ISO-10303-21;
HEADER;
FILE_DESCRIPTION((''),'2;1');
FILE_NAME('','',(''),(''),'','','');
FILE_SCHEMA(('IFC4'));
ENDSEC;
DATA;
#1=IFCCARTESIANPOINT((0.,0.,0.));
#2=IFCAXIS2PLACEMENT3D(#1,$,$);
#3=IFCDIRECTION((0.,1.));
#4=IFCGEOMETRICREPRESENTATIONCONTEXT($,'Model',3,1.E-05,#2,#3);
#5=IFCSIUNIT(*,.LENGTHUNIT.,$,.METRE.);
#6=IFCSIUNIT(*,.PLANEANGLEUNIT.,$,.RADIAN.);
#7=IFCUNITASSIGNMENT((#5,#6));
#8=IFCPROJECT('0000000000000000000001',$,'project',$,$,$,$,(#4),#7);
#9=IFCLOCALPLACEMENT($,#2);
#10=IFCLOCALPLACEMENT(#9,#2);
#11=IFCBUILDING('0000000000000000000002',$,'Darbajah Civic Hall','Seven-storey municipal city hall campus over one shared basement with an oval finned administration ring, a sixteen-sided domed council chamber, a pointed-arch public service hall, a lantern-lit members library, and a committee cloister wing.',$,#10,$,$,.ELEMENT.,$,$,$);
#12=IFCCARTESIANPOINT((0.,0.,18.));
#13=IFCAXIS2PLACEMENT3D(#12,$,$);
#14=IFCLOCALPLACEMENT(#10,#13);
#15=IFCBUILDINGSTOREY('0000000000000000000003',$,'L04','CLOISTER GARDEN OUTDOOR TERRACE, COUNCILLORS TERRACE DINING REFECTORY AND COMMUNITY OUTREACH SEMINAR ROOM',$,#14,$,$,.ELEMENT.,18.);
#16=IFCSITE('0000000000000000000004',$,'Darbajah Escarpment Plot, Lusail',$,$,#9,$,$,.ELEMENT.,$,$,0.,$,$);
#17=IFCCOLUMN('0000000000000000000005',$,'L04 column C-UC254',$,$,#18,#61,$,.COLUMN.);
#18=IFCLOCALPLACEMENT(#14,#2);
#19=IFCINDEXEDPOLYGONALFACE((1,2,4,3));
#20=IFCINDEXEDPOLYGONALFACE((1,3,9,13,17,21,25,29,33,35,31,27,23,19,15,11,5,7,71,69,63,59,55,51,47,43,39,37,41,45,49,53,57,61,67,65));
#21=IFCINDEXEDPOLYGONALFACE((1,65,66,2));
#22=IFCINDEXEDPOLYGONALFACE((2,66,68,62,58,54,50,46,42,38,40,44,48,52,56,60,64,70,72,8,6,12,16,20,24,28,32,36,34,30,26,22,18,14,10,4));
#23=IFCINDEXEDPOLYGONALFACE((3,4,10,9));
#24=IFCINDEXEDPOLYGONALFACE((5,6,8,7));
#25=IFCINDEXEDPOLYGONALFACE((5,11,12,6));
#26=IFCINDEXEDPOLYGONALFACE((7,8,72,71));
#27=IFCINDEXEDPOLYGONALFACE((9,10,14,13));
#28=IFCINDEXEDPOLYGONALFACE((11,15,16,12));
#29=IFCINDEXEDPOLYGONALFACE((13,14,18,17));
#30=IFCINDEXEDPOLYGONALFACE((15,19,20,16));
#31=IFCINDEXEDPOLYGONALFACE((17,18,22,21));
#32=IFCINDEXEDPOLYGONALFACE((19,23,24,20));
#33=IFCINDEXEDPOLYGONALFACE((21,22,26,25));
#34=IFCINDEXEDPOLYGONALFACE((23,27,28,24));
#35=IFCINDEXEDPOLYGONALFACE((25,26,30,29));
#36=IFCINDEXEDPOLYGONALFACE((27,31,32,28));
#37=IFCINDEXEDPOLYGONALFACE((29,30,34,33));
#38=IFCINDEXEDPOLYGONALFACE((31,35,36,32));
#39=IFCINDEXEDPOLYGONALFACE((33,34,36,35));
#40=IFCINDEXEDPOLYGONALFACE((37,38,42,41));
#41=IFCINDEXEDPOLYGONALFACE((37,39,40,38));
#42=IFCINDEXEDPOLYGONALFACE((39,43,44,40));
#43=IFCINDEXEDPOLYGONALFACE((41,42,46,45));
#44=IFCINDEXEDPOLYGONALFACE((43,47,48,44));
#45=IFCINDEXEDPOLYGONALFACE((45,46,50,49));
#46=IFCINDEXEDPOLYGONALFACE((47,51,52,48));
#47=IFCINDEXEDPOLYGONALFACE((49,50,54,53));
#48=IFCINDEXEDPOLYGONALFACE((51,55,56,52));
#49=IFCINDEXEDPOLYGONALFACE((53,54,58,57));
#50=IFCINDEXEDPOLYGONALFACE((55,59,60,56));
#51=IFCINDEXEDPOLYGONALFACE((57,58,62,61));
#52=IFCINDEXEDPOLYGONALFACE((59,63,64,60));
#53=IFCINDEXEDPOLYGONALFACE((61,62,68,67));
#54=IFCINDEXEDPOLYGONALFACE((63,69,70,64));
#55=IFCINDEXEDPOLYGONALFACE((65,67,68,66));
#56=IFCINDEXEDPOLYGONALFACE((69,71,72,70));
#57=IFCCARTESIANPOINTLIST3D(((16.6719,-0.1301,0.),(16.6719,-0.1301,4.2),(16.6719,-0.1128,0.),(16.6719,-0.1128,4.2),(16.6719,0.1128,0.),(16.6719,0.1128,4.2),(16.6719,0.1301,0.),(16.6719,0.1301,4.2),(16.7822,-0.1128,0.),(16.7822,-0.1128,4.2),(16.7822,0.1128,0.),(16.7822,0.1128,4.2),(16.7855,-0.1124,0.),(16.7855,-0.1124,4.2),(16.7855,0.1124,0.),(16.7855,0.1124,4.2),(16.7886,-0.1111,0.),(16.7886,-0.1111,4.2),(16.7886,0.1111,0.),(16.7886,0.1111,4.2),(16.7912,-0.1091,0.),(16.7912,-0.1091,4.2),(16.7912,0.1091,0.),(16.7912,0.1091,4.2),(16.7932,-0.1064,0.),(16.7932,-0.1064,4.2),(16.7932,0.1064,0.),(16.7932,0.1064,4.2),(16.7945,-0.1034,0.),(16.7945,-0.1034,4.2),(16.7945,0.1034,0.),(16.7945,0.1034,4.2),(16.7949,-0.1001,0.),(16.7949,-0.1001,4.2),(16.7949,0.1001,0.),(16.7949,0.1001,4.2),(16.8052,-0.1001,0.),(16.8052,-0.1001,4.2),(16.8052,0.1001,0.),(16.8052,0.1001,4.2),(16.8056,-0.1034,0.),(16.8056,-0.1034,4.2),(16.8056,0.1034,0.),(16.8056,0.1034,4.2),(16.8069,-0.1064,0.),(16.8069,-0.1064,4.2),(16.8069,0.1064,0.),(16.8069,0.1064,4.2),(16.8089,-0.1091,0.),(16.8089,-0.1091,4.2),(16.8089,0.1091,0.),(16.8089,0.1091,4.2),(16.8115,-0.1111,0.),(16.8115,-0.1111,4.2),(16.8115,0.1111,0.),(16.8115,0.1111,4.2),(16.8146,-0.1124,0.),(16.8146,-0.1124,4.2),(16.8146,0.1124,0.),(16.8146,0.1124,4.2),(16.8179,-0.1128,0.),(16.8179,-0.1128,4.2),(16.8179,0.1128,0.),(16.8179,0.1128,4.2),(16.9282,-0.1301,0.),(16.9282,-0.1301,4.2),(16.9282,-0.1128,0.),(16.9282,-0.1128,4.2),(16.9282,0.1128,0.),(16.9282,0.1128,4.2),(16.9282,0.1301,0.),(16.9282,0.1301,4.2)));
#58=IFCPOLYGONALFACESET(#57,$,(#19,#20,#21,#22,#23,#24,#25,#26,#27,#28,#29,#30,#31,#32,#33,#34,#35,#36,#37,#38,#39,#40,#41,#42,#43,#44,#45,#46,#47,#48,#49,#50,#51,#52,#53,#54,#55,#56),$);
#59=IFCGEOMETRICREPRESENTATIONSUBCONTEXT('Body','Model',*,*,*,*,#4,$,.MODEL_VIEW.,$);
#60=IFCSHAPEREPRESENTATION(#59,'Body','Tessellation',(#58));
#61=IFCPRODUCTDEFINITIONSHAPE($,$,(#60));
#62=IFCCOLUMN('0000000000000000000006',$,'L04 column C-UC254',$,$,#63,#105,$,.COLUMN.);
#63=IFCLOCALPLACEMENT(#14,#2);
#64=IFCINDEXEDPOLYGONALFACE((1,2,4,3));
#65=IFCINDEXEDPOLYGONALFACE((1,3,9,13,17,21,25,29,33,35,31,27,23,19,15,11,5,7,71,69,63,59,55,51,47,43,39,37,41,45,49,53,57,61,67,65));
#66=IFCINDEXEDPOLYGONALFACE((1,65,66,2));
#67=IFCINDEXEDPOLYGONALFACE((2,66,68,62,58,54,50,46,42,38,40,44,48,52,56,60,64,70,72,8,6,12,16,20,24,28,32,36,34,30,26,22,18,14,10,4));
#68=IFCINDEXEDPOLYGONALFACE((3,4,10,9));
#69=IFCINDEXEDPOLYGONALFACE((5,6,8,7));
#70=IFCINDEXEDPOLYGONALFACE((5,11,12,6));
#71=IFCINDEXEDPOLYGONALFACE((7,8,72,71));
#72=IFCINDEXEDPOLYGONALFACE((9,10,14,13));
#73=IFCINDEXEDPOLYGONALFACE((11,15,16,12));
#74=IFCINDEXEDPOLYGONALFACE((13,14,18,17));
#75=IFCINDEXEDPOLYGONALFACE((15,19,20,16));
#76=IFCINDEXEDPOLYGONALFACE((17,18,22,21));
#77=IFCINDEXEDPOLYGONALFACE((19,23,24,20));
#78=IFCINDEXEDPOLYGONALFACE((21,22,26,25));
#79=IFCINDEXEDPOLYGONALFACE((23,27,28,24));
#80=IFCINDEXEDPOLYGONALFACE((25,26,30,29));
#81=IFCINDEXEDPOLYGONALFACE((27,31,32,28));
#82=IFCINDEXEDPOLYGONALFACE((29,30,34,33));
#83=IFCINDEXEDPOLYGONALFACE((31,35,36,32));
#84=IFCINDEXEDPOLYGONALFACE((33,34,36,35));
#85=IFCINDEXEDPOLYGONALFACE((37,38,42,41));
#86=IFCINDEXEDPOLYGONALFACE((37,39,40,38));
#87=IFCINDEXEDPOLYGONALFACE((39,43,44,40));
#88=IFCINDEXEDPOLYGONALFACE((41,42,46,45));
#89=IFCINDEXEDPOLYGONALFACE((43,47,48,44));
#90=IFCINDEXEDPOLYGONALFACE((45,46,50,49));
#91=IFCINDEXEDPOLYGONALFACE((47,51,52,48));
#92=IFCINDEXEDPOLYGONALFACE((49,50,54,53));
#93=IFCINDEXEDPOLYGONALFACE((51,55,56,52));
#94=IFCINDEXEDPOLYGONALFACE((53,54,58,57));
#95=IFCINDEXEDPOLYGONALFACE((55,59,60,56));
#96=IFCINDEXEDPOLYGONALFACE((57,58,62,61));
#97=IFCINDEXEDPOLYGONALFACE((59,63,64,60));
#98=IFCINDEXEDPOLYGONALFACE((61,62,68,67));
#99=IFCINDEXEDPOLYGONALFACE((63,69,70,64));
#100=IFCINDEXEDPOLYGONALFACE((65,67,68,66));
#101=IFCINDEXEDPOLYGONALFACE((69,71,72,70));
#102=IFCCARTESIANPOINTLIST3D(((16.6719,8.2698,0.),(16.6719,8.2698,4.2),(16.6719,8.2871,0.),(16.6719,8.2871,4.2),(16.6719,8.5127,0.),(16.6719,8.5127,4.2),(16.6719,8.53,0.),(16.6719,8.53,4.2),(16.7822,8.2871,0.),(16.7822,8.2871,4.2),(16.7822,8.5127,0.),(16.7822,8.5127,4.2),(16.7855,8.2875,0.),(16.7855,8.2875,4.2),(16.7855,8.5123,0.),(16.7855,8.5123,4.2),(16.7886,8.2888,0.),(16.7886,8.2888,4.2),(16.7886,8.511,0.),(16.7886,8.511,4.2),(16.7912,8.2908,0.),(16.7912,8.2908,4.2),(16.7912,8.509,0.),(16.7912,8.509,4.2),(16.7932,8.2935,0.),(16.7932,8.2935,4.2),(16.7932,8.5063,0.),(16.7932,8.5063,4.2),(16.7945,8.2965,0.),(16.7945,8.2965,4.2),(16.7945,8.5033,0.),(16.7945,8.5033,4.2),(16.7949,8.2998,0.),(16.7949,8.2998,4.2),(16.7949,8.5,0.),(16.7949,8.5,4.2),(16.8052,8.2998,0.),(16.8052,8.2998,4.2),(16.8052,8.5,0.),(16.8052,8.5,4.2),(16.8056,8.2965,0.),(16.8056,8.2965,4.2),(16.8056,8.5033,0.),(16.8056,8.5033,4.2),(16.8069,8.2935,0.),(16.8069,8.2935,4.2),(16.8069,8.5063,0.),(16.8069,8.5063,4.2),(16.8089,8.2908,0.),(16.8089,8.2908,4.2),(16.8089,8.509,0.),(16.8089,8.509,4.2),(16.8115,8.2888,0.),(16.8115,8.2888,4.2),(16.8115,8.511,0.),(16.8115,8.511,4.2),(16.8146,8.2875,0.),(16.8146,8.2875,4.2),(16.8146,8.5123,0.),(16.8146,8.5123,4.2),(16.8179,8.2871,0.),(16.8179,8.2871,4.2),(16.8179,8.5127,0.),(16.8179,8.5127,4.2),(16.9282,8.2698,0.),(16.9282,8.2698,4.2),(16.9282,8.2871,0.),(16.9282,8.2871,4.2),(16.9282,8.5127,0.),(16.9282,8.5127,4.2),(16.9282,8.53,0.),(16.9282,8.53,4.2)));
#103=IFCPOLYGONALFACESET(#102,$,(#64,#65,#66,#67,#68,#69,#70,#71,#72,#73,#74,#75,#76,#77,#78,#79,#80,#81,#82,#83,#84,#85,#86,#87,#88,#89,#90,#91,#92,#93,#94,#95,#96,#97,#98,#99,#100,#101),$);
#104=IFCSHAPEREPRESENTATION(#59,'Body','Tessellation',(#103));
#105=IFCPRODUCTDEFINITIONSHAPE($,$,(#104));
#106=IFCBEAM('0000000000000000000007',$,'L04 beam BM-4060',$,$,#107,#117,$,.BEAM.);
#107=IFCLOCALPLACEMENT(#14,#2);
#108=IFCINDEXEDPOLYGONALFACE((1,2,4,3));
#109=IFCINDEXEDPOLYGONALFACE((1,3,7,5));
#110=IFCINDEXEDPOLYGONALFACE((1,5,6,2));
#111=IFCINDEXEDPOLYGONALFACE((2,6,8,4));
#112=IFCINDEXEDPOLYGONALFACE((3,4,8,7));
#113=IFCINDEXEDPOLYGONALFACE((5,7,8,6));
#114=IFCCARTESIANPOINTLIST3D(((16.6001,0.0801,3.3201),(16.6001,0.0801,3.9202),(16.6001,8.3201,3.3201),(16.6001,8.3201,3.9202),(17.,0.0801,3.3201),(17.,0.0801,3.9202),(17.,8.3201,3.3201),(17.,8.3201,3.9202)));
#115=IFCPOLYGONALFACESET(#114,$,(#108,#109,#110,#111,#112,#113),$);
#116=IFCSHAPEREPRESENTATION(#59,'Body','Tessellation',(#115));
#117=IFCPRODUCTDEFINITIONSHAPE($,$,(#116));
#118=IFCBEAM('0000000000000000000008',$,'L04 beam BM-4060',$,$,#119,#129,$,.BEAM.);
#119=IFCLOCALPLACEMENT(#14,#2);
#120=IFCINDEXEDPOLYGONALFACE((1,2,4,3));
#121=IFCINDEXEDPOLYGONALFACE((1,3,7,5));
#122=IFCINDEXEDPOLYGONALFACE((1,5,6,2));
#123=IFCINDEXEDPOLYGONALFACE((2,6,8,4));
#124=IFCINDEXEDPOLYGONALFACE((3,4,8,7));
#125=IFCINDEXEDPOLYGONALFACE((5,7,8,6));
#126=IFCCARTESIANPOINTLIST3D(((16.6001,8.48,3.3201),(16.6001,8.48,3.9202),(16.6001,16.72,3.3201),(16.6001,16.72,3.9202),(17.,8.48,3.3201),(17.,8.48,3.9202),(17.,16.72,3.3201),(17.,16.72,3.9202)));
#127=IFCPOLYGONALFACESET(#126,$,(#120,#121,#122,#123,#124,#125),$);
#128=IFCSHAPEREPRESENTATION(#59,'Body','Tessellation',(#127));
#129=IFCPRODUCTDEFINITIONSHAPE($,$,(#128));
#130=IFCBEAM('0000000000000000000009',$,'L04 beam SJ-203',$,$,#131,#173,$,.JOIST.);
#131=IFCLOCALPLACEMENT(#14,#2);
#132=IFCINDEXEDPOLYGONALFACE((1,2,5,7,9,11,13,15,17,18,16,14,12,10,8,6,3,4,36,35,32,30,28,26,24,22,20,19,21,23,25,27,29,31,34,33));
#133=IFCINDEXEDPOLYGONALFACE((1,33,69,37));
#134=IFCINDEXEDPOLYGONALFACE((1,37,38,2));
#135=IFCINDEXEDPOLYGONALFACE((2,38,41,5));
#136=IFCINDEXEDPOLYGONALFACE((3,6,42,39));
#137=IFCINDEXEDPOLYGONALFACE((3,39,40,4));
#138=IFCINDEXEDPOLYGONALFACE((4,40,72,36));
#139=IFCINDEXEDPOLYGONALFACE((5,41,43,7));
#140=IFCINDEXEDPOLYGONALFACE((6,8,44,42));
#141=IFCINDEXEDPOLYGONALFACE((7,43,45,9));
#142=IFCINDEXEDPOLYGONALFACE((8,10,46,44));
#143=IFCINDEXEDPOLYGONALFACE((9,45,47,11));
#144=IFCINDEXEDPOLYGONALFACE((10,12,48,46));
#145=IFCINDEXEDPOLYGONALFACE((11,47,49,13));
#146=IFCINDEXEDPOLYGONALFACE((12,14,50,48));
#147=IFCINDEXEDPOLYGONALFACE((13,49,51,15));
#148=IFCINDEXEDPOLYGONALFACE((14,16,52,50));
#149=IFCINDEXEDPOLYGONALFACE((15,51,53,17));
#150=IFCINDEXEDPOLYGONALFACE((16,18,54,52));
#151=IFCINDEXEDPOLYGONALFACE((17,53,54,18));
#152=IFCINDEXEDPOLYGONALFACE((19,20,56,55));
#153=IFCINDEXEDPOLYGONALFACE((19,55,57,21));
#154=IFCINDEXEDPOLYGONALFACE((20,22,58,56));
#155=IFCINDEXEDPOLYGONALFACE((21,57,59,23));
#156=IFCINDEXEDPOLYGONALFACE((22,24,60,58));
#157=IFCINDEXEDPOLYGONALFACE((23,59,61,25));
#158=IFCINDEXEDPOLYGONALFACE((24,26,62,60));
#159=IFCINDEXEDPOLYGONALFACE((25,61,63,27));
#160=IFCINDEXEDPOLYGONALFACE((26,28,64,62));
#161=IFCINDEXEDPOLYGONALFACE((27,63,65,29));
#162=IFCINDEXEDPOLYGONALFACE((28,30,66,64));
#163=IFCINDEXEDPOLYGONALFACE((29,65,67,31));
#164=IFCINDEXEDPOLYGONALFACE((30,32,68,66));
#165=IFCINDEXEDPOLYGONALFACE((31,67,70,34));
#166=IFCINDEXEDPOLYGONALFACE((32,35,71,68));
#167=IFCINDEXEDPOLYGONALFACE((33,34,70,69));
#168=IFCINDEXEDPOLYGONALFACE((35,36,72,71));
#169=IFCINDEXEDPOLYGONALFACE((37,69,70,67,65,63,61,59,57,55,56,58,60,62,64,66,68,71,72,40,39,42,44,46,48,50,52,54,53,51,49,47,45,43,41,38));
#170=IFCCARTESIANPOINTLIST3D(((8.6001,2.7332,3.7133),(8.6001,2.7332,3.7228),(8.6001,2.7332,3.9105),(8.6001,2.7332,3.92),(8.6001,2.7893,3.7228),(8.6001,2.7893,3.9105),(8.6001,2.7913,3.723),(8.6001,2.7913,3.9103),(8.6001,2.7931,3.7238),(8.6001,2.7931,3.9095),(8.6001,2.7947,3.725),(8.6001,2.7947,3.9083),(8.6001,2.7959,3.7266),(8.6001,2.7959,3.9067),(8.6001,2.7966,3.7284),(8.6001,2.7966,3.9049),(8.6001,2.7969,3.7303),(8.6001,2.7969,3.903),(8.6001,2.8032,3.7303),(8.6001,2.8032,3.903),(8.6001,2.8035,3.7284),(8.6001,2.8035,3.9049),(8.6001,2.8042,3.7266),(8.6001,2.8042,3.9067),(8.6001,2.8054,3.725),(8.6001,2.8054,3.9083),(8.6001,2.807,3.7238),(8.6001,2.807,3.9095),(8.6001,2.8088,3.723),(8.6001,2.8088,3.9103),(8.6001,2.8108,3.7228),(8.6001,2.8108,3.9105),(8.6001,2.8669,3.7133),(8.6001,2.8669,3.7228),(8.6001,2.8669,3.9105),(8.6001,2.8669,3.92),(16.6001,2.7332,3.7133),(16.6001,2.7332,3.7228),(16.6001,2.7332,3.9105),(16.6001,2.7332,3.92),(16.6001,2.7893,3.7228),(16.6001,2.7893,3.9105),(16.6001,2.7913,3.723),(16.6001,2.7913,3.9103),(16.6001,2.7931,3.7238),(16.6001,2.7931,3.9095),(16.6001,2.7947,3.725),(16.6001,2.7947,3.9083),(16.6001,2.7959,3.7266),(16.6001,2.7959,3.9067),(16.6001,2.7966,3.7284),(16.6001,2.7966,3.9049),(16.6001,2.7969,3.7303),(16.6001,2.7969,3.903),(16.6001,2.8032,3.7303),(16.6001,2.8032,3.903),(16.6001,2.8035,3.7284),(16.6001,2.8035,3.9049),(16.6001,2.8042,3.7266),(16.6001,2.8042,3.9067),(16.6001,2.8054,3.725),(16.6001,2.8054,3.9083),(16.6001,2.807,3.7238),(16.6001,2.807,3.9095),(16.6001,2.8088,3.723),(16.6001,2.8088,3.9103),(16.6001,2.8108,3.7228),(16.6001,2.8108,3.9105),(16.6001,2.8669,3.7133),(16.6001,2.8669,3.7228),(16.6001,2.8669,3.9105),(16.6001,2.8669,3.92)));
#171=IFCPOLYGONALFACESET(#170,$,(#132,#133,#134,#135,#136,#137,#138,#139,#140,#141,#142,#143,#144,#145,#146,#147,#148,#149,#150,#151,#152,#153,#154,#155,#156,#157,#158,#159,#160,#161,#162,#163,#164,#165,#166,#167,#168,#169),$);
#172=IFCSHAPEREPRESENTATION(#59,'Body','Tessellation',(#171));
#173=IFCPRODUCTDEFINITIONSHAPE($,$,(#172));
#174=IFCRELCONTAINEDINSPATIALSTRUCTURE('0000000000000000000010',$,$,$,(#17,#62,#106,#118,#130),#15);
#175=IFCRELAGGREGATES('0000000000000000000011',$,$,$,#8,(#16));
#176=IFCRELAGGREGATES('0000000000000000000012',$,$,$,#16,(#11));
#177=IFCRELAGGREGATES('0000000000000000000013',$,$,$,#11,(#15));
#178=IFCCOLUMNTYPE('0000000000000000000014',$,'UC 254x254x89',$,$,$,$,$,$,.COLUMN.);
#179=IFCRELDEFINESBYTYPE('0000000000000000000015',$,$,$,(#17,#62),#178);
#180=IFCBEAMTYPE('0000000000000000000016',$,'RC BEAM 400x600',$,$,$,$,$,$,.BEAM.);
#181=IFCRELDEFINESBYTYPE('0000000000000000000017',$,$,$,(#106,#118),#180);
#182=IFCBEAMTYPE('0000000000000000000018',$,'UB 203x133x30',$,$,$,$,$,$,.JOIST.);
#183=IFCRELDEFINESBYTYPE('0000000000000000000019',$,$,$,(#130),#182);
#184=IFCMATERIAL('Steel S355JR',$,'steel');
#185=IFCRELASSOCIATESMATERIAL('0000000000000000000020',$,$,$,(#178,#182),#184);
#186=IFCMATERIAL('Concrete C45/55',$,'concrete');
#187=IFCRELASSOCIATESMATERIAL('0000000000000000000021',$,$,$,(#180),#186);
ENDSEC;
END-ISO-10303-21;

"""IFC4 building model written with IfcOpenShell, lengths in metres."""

from ifc_helpers import new_model, si_unit, direction, frame, origin, origin_2d, place, context, subcontext, project, spatial, rectangle, i_section, extrude, material, material_profile, profile_set, type_object, element, save


model = new_model("IFC4")

# Units and contexts
model_context = context("Model", 3, precision=1e-05, world=origin(), true_north=direction((0.0, 1.0)))
body_context = subcontext(model_context, "Body", "Model", "MODEL_VIEW")
ifc_project = project(units=[si_unit("LENGTHUNIT", "METRE"), si_unit("PLANEANGLEUNIT", "RADIAN")], contexts=[model_context])

# Site, building, storey
site_placement = place(None, origin())
site = spatial("IfcSite", under=ifc_project, at=site_placement, Name="Darbajah Escarpment Plot, Lusail", CompositionType="ELEMENT", RefElevation=0.0)
building_placement = place(site_placement, origin())
building = spatial("IfcBuilding", under=site, at=building_placement, Name="Darbajah Civic Hall", Description="Seven-storey municipal city hall campus over one shared basement with an oval finned administration ring, a sixteen-sided domed council chamber, a pointed-arch public service hall, a lantern-lit members library, and a committee cloister wing.", CompositionType="ELEMENT")
storey_placement = place(building_placement, frame((0.0, 0.0, 18.0)))
storey = spatial("IfcBuildingStorey", under=building, at=storey_placement, Name="L04", Description="CLOISTER GARDEN OUTDOOR TERRACE, COUNCILLORS TERRACE DINING REFECTORY AND COMMUNITY OUTREACH SEMINAR ROOM", CompositionType="ELEMENT", Elevation=18.0)

# Columns
ifc_material_1 = material(Name="Steel S355JR", Category="steel")
ifc_material_profile_1 = material_profile(ifc_material_1, i_section(OverallWidth=0.2563, OverallDepth=0.2603, WebThickness=0.0103, FlangeThickness=0.0173, FilletRadius=0.0127, at=origin_2d()), Name="UC 254x254x89")
ifc_profile_set_1 = profile_set([ifc_material_profile_1], Name="Steel S355JR")
column_type = type_object("IfcColumnType", Name="UC 254x254x89", PredefinedType="COLUMN", material=ifc_profile_set_1)
for number, where, z_axis, x_axis, name in (
    (1, (16.8, 0.0, 0.0), (0.0, 0.0, 1.0), (1.0, 0.0, 0.0), "L04 column C-UC254"),
    (2, (16.8, 8.3999, 0.0), (0.0, 0.0, 1.0), (1.0, 0.0, 0.0), "L04 column C-UC254"),
):
    element("IfcColumn", number, at=place(storey_placement, frame(where, z_axis=z_axis, x_axis=x_axis)), inside=storey, type_object=column_type, Name=name, PredefinedType="COLUMN", context=body_context, shape_type="SweptSolid", body=[
        extrude(i_section(OverallWidth=0.2563, OverallDepth=0.2603, WebThickness=0.0103, FlangeThickness=0.0173, FilletRadius=0.0127, at=origin_2d()), origin(), (0.0, 0.0, 1.0), 4.2),
    ])

# Beams
ifc_material_2 = material(Name="Concrete C45/55", Category="concrete")
ifc_material_profile_2 = material_profile(ifc_material_2, rectangle(XDim=0.3999, YDim=0.6001, at=origin_2d()), Name="RC BEAM 400x600")
ifc_profile_set_2 = profile_set([ifc_material_profile_2], Name="Concrete C45/55")
beam_type_1 = type_object("IfcBeamType", Name="RC BEAM 400x600", PredefinedType="BEAM", material=ifc_profile_set_2)
for number, where, z_axis, x_axis, name in (
    (3, (16.8, 0.0801, 3.6201), (0.0, 1.0, 0.0), (-1.0, 0.0, 0.0), "L04 beam BM-4060"),
    (4, (16.8, 8.48, 3.6201), (0.0, 1.0, 0.0), (-1.0, 0.0, 0.0), "L04 beam BM-4060"),
):
    element("IfcBeam", number, at=place(storey_placement, frame(where, z_axis=z_axis, x_axis=x_axis)), inside=storey, type_object=beam_type_1, Name=name, PredefinedType="BEAM", context=body_context, shape_type="SweptSolid", body=[
        extrude(rectangle(XDim=0.3999, YDim=0.6001, at=origin_2d()), origin(), (0.0, 0.0, 1.0), 8.24),
    ])
ifc_material_profile_3 = material_profile(ifc_material_1, i_section(OverallWidth=0.1338, OverallDepth=0.2068, WebThickness=0.0063, FlangeThickness=0.0095, FilletRadius=0.0076, at=origin_2d()), Name="UB 203x133x30")
ifc_profile_set_3 = profile_set([ifc_material_profile_3], Name="Steel S355JR")
beam_type_2 = type_object("IfcBeamType", Name="UB 203x133x30", PredefinedType="JOIST", material=ifc_profile_set_3)
for number, where, z_axis, x_axis, name in (
    (5, (8.6001, 2.8, 3.8167), (1.0, 0.0, 0.0), (0.0, 1.0, 0.0), "L04 beam SJ-203"),
):
    element("IfcBeam", number, at=place(storey_placement, frame(where, z_axis=z_axis, x_axis=x_axis)), inside=storey, type_object=beam_type_2, Name=name, PredefinedType="JOIST", context=body_context, shape_type="SweptSolid", body=[
        extrude(i_section(OverallWidth=0.1338, OverallDepth=0.2068, WebThickness=0.0063, FlangeThickness=0.0095, FilletRadius=0.0076, at=origin_2d()), origin(), (0.0, 0.0, 1.0), 8.0),
    ])

save(model, "model.ifc")
